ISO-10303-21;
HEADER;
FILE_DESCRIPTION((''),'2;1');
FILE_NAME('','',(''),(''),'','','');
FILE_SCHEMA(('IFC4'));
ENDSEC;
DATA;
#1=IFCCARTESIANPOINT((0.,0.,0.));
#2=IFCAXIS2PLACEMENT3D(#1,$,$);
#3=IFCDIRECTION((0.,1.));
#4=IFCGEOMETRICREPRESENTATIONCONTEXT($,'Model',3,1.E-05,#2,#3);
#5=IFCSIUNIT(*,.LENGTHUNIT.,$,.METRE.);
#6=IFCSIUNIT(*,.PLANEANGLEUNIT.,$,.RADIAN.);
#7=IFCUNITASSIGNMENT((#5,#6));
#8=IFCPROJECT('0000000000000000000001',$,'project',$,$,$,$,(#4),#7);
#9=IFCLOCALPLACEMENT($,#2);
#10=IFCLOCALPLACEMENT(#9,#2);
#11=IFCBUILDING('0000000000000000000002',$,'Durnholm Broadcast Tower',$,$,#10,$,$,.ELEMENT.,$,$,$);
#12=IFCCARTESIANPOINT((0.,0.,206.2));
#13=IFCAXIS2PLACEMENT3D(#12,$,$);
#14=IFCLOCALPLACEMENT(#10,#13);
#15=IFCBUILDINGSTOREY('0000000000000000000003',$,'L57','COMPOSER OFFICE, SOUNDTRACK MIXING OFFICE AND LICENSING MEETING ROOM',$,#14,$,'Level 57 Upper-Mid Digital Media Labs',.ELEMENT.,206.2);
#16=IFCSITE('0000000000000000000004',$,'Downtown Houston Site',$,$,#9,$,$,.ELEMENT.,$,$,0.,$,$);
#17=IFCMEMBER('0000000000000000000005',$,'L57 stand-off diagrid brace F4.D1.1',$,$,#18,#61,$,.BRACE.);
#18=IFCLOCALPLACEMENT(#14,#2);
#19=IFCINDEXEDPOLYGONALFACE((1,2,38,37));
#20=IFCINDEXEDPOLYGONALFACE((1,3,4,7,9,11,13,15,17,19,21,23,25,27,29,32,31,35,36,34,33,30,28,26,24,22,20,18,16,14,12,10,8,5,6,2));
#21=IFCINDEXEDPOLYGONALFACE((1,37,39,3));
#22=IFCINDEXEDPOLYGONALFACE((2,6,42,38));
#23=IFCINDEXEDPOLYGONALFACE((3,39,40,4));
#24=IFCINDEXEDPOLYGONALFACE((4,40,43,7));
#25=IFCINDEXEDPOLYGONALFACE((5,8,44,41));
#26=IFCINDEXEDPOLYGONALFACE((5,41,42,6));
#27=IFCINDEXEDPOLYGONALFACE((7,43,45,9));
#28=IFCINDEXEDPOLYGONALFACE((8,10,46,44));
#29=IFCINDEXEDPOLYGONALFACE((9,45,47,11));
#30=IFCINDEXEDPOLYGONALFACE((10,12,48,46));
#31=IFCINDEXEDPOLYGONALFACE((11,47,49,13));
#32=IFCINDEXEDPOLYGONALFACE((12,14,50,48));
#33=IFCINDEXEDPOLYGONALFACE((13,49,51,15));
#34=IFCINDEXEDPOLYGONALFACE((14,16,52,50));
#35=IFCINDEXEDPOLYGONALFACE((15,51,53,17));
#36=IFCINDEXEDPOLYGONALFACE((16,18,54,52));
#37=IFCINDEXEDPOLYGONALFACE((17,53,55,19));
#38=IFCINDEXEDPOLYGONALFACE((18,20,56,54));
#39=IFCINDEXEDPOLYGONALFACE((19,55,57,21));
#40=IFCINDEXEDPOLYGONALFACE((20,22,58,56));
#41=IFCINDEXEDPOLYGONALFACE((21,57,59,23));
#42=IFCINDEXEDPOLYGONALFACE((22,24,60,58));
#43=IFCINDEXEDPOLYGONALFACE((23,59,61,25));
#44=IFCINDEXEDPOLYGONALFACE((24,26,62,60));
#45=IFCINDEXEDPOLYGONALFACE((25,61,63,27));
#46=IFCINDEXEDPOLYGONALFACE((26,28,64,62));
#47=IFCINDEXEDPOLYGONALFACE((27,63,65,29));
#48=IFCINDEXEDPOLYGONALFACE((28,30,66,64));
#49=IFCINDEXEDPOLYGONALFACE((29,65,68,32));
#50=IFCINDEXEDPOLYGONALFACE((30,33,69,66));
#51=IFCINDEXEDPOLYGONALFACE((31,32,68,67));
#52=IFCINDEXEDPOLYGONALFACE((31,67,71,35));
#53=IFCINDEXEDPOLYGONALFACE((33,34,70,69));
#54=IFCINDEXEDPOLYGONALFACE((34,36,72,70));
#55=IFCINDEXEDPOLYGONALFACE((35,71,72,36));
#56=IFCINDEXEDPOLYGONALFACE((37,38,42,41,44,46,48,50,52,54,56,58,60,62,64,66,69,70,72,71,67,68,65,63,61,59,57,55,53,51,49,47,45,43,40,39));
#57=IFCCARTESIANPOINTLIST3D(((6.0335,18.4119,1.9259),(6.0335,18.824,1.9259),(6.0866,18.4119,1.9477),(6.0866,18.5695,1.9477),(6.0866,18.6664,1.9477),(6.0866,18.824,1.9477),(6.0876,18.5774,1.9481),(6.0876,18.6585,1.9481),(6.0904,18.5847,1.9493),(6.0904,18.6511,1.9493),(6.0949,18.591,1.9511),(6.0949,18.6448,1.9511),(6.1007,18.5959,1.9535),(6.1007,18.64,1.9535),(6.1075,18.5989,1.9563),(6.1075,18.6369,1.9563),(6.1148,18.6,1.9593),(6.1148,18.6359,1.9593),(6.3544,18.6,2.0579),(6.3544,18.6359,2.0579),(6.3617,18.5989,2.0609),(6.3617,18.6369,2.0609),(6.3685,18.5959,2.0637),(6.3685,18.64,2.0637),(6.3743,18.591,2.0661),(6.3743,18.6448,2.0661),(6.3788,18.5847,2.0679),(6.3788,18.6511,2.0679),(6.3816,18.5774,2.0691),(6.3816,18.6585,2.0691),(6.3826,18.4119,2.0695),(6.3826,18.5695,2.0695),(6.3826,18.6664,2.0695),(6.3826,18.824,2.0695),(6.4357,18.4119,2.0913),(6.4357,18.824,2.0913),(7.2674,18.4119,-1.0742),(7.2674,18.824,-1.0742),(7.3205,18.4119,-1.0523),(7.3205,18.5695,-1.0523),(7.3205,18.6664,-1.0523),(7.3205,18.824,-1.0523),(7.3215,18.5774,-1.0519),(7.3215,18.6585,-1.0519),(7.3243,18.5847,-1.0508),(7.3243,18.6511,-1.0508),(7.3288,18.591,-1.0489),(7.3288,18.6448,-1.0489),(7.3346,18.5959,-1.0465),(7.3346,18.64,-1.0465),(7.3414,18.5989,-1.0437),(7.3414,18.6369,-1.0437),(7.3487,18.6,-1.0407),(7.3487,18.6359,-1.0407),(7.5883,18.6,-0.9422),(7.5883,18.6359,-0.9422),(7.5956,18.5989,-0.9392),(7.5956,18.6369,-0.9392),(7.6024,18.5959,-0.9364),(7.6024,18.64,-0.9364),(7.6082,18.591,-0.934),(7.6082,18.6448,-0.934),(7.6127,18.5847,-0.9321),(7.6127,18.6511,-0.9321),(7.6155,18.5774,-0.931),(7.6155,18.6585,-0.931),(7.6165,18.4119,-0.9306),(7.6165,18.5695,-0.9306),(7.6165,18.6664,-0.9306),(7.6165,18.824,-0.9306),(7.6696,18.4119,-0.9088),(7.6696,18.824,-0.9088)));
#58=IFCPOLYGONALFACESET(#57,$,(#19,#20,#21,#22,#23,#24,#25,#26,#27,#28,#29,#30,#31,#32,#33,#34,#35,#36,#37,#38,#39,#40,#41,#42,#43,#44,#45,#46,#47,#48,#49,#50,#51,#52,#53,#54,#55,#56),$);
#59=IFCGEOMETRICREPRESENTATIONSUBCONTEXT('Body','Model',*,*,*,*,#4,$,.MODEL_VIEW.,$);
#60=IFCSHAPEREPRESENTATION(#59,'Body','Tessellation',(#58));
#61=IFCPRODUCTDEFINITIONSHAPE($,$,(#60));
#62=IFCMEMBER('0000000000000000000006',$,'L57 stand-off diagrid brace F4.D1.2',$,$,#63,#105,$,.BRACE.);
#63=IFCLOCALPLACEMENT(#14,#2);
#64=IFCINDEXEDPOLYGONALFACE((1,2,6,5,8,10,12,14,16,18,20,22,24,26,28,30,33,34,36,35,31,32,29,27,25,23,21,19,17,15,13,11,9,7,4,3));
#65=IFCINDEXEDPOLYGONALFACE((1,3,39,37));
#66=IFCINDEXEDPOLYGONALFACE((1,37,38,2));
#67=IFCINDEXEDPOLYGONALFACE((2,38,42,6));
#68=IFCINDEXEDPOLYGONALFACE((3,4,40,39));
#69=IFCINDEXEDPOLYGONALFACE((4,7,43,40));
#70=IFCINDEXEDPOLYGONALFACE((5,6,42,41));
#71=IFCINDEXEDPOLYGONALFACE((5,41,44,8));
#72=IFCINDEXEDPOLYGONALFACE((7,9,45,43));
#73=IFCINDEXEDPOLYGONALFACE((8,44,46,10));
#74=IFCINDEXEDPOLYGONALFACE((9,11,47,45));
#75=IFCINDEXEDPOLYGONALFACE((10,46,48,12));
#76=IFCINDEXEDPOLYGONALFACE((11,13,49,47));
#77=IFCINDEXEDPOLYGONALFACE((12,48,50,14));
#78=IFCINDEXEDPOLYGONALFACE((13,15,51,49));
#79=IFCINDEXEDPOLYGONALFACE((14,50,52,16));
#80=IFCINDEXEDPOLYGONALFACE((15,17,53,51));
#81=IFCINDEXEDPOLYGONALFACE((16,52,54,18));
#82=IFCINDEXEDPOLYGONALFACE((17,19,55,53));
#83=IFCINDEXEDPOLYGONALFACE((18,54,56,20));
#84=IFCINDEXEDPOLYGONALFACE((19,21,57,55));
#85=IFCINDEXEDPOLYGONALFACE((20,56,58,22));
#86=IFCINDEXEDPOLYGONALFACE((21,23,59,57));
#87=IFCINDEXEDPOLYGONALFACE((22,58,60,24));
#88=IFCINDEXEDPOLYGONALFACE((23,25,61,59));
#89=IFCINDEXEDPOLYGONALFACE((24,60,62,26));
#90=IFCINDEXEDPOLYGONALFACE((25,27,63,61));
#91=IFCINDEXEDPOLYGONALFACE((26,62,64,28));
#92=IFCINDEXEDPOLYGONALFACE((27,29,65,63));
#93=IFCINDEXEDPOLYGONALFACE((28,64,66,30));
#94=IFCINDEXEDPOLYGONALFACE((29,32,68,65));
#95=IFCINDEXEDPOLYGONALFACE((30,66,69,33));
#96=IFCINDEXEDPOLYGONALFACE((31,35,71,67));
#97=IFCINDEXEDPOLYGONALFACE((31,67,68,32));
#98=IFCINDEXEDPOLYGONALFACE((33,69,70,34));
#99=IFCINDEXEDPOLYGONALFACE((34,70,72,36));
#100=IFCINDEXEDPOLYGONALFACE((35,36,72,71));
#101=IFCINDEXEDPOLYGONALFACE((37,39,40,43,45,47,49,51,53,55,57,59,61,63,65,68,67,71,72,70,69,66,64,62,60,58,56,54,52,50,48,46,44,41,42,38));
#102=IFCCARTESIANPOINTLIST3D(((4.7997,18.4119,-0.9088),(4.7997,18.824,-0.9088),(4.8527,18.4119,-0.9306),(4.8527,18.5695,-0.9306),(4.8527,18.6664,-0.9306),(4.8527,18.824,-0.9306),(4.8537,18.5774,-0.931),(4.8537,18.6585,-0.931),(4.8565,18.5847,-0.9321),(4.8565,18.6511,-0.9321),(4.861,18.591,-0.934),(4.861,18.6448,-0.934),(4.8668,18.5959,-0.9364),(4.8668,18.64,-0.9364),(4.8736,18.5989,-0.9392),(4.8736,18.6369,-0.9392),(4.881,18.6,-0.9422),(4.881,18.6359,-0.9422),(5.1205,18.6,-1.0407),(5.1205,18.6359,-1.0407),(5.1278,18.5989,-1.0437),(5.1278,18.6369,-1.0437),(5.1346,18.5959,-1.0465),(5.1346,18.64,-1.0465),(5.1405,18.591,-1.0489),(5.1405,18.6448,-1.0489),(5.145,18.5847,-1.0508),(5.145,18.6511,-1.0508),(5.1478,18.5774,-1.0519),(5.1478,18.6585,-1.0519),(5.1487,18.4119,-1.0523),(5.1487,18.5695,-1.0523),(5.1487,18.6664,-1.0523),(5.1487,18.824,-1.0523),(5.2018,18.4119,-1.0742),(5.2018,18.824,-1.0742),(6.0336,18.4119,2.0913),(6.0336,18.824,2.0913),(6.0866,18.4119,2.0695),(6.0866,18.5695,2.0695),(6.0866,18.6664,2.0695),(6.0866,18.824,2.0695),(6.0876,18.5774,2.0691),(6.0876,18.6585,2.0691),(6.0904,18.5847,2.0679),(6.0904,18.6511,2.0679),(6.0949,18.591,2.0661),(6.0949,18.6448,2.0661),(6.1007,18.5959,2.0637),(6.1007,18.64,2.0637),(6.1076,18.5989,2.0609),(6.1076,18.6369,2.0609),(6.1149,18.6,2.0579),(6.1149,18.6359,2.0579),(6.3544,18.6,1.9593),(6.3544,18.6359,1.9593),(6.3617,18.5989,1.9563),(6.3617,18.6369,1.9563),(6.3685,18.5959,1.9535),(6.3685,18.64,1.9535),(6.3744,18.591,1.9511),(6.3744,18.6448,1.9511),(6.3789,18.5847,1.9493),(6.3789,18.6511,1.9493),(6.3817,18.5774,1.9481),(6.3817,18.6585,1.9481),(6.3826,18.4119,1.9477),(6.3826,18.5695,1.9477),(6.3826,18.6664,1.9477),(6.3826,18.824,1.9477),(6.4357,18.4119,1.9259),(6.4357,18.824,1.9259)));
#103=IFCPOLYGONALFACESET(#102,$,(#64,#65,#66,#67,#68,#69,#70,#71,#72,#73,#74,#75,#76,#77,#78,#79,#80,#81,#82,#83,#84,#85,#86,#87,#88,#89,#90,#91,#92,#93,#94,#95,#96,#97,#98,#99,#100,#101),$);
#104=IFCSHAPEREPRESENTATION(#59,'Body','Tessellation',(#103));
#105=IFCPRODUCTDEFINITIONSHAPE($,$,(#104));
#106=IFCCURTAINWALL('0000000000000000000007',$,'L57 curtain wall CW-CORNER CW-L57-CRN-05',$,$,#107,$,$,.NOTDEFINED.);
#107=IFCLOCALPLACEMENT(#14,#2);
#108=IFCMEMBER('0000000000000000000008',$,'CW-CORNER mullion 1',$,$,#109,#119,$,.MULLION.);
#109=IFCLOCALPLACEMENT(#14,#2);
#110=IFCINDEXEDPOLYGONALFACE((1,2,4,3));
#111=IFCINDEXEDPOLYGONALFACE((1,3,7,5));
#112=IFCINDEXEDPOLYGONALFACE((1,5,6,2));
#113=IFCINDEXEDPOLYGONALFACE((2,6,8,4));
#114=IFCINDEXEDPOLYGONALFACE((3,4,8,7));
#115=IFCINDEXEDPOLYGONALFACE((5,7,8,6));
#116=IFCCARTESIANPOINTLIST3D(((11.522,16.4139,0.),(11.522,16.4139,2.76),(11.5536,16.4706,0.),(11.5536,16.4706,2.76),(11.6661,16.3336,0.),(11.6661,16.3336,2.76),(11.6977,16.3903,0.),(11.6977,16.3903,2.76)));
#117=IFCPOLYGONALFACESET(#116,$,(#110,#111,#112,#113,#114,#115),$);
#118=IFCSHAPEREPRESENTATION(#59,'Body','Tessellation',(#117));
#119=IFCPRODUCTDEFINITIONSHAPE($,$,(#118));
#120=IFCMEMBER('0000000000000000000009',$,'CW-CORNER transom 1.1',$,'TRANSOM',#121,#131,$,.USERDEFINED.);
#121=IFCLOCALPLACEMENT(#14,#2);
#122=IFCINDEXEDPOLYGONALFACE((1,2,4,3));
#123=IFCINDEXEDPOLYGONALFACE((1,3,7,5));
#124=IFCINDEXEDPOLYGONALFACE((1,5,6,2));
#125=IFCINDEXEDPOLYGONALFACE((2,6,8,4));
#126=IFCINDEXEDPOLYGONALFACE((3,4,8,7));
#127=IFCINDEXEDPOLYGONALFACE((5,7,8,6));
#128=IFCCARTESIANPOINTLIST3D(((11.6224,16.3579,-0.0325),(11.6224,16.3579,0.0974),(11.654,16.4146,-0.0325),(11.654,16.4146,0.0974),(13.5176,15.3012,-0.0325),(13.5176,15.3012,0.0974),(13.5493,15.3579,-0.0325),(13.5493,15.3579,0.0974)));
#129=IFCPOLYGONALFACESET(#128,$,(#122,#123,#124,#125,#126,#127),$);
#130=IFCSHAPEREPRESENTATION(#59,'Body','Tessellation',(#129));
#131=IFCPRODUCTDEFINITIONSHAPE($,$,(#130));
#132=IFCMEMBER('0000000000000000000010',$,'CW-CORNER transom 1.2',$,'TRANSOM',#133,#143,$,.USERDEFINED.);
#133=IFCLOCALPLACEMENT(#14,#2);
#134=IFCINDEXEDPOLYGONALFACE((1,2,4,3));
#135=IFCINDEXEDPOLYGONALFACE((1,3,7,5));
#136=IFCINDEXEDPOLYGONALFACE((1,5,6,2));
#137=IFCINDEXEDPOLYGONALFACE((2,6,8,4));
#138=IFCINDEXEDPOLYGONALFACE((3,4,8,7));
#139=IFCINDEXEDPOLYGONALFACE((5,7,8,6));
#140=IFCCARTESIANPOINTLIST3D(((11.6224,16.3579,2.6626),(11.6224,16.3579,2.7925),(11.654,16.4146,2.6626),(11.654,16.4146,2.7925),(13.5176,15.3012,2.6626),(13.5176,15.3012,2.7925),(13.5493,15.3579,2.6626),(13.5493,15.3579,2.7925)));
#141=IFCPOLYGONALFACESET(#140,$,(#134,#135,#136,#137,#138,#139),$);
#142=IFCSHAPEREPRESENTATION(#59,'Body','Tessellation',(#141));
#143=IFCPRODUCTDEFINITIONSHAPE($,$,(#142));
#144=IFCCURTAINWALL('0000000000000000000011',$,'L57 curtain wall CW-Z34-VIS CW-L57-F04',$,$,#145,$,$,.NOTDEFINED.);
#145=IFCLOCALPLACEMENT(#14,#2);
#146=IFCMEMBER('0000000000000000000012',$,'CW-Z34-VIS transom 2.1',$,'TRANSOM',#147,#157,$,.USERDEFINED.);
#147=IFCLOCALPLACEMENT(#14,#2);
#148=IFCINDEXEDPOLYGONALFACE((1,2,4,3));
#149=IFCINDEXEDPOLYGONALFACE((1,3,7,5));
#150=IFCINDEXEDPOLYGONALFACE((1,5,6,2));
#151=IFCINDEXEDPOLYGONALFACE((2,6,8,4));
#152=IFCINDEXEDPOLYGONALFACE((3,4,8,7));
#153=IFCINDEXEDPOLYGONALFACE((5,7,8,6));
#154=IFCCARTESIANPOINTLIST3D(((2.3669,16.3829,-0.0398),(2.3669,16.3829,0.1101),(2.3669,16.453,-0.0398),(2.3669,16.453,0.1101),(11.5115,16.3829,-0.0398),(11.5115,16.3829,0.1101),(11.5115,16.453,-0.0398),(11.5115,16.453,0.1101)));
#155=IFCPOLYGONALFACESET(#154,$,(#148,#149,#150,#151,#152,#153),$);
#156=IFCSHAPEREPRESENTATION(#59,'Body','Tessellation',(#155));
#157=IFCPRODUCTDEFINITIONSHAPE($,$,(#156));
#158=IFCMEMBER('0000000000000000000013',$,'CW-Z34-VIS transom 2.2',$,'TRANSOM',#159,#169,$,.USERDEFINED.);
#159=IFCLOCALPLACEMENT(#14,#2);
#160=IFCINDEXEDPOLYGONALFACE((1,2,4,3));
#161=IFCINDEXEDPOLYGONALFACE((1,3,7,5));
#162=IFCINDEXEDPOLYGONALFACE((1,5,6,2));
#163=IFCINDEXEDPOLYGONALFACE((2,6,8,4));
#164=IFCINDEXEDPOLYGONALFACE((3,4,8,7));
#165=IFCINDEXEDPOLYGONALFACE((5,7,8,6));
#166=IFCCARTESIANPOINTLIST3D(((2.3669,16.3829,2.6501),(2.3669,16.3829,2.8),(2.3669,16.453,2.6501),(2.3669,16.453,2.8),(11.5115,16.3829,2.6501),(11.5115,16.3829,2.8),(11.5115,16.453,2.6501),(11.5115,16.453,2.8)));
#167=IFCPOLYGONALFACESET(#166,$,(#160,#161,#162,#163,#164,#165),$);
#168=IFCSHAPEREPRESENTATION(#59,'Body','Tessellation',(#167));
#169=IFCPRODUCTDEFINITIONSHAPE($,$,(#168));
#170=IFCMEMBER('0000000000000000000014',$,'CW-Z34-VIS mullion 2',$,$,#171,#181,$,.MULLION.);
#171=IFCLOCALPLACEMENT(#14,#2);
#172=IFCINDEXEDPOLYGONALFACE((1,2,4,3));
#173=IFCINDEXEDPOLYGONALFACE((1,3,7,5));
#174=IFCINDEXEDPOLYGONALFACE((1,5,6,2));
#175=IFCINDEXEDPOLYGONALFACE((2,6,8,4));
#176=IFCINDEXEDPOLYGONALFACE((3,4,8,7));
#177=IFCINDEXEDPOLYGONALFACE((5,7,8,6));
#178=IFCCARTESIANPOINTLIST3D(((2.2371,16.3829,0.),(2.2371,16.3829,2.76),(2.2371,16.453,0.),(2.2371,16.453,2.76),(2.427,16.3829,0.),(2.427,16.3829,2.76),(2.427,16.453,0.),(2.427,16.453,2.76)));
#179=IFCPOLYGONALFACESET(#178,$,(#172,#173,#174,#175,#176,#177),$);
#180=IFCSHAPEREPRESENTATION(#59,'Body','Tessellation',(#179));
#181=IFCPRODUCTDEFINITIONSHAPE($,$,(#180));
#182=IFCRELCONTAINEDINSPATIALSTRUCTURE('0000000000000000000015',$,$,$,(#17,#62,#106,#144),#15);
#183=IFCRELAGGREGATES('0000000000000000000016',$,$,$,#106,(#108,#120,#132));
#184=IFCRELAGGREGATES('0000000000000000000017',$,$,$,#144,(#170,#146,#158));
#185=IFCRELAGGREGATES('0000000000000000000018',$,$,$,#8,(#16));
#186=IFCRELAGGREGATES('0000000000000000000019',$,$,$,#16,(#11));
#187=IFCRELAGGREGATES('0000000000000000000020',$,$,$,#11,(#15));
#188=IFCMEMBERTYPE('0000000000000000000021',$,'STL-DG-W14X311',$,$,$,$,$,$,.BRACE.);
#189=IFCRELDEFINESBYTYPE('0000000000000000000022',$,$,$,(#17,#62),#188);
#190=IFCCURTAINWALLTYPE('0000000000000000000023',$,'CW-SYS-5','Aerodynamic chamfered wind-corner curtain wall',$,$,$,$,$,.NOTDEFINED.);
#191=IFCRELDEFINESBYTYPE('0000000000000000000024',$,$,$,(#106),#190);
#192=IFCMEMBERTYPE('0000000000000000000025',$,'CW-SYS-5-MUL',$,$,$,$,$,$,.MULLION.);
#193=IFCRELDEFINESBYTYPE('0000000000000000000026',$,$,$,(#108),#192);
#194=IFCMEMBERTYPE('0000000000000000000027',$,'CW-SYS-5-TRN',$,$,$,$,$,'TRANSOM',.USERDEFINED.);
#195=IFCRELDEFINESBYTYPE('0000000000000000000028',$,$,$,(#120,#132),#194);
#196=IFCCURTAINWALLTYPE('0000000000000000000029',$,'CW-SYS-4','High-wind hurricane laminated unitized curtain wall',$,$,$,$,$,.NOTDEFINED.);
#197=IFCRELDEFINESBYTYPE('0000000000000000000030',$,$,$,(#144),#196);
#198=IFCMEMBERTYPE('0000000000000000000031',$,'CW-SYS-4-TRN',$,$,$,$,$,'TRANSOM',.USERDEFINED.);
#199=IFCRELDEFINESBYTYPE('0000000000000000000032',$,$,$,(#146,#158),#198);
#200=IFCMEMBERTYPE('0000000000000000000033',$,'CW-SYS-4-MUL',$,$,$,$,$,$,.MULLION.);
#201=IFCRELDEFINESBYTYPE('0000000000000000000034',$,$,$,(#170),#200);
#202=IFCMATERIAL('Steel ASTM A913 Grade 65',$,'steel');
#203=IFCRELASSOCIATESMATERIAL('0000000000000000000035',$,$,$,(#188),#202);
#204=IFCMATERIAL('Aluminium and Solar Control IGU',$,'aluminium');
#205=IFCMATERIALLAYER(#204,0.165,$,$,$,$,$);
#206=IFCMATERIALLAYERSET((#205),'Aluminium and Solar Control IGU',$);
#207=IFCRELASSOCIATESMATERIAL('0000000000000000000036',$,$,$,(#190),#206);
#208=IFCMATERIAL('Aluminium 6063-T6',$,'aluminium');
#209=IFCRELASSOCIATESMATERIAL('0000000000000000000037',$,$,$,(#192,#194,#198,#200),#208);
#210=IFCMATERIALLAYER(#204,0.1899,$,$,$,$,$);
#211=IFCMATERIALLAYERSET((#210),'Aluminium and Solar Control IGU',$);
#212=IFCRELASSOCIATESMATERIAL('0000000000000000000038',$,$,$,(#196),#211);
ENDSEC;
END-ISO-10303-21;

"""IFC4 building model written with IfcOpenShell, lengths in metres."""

from ifc_helpers import new_model, si_unit, direction, frame, origin, origin_2d, place, context, subcontext, project, spatial, rectangle, i_section, extrude, source, transform, mapped, material, layer, layer_set, material_profile, profile_set, type_object, type_shapes, element, aggregate, save


model = new_model("IFC4")

# Units and contexts
model_context = context("Model", 3, precision=1e-05, world=origin(), true_north=direction((0.0, 1.0)))
body_context = subcontext(model_context, "Body", "Model", "MODEL_VIEW")
ifc_project = project(units=[si_unit("LENGTHUNIT", "METRE"), si_unit("PLANEANGLEUNIT", "RADIAN")], contexts=[model_context])

# Site, building, storey
site_placement = place(None, origin())
site = spatial("IfcSite", under=ifc_project, at=site_placement, Name="Downtown Houston Site", CompositionType="ELEMENT", RefElevation=0.0)
building_placement = place(site_placement, origin())
building = spatial("IfcBuilding", under=site, at=building_placement, Name="Durnholm Broadcast Tower", CompositionType="ELEMENT")
storey_placement = place(building_placement, frame((0.0, 0.0, 206.2)))
storey = spatial("IfcBuildingStorey", under=building, at=storey_placement, Name="L57", Description="COMPOSER OFFICE, SOUNDTRACK MIXING OFFICE AND LICENSING MEETING ROOM", LongName="Level 57 Upper-Mid Digital Media Labs", CompositionType="ELEMENT", Elevation=206.2)

# Members
ifc_material_1 = material(Name="Steel ASTM A913 Grade 65", Category="steel")
ifc_material_profile_1 = material_profile(ifc_material_1, i_section(OverallWidth=0.4121, OverallDepth=0.4348, WebThickness=0.0359, FlangeThickness=0.0574, FilletRadius=0.0305, at=origin_2d()), Name="W14X311")
ifc_profile_set_1 = profile_set([ifc_material_profile_1], Name="Steel ASTM A913 Grade 65")
member_type_1 = type_object("IfcMemberType", Name="STL-DG-W14X311", PredefinedType="BRACE", material=ifc_profile_set_1)
shared_shape_1 = source(origin(), body_context, "Body", "SweptSolid", [
    extrude(i_section(OverallWidth=0.4121, OverallDepth=0.4348, WebThickness=0.0359, FlangeThickness=0.0574, FilletRadius=0.0305, at=origin_2d()), origin(), (0.0, 0.0, 1.0), 3.2439),
])
type_shapes(member_type_1, [shared_shape_1])
for number, where, z_axis, x_axis, name in (
    (1, (7.4685, 18.6179, -0.9915), (-0.380379, 0.0, 0.924831), (0.0, -1.0, 0.0), "L57 stand-off diagrid brace F4.D1.1"),
    (2, (5.0007, 18.6179, -0.9915), (0.380379, 0.0, 0.924831), (0.0, 1.0, 0.0), "L57 stand-off diagrid brace F4.D1.2"),
):
    element("IfcMember", number, at=place(storey_placement, frame(where, z_axis=z_axis, x_axis=x_axis)), inside=storey, type_object=member_type_1, Name=name, PredefinedType="BRACE", context=body_context, shape_type="MappedRepresentation", body=[
        mapped(shared_shape_1, transform((0.0, 0.0, 0.0), x_axis=(1.0, 0.0, 0.0), y_axis=(0.0, 1.0, 0.0), z_axis=(0.0, 0.0, 1.0), scale=1.0)),
    ])

# Curtain walls, members
ifc_material_2 = material(Name="Aluminium and Solar Control IGU", Category="aluminium")
ifc_layer_1 = layer(ifc_material_2, 0.165)
ifc_layer_set_1 = layer_set([ifc_layer_1], Name="Aluminium and Solar Control IGU")
curtain_wall_type_1 = type_object("IfcCurtainWallType", Name="CW-SYS-5", Description="Aerodynamic chamfered wind-corner curtain wall", PredefinedType="NOTDEFINED", material=ifc_layer_set_1)
curtain_wall_1_placement = place(storey_placement, origin())
curtain_wall_1 = element("IfcCurtainWall", 3, at=curtain_wall_1_placement, inside=storey, type_object=curtain_wall_type_1, Name="L57 curtain wall CW-CORNER CW-L57-CRN-05", PredefinedType="NOTDEFINED")
ifc_material_3 = material(Name="Aluminium 6063-T6", Category="aluminium")
ifc_material_profile_2 = material_profile(ifc_material_3, rectangle(XDim=0.0649, YDim=0.165, at=origin_2d()), Name="CWM65X165")
ifc_profile_set_2 = profile_set([ifc_material_profile_2], Name="Aluminium 6063-T6")
member_type_2 = type_object("IfcMemberType", Name="CW-SYS-5-MUL", PredefinedType="MULLION", material=ifc_profile_set_2)
shared_shape_2 = source(origin(), body_context, "Body", "SweptSolid", [
    extrude(rectangle(XDim=0.0649, YDim=0.165, at=origin_2d()), origin(), (0.0, 0.0, 1.0), 2.76),
])
type_shapes(member_type_2, [shared_shape_2])
member_1_placement = place(storey_placement, frame((11.6099, 16.4021, 0.0), z_axis=(0.0, 0.0, 1.0), x_axis=(0.486986, 0.87341, 0.0)))
member_1 = element("IfcMember", 4, at=member_1_placement, type_object=member_type_2, Name="CW-CORNER mullion 1", PredefinedType="MULLION", context=body_context, shape_type="MappedRepresentation", body=[
    mapped(shared_shape_2, transform((0.0, 0.0, 0.0), x_axis=(1.0, 0.0, 0.0), y_axis=(0.0, 1.0, 0.0), z_axis=(0.0, 0.0, 1.0), scale=1.0)),
])
ifc_material_profile_3 = material_profile(ifc_material_3, rectangle(XDim=0.0649, YDim=0.1299, at=origin_2d()), Name="CWT65X130")
ifc_profile_set_3 = profile_set([ifc_material_profile_3], Name="Aluminium 6063-T6")
member_type_3 = type_object("IfcMemberType", Name="CW-SYS-5-TRN", ElementType="TRANSOM", PredefinedType="USERDEFINED", material=ifc_profile_set_3)
shared_shape_3 = source(origin(), body_context, "Body", "SweptSolid", [
    extrude(rectangle(XDim=0.0649, YDim=0.1299, at=origin_2d()), origin(), (0.0, 0.0, 1.0), 2.1699),
])
type_shapes(member_type_3, [shared_shape_3])
member_2_placement = place(storey_placement, frame((11.6382, 16.3862, 0.0325), z_axis=(0.873429, -0.486951, 0.0), x_axis=(0.486951, 0.873429, 0.0)))
member_2 = element("IfcMember", 5, at=member_2_placement, type_object=member_type_3, Name="CW-CORNER transom 1.1", ObjectType="TRANSOM", PredefinedType="USERDEFINED", context=body_context, shape_type="MappedRepresentation", body=[
    mapped(shared_shape_3, transform((0.0, 0.0, 0.0), x_axis=(1.0, 0.0, 0.0), y_axis=(0.0, 1.0, 0.0), z_axis=(0.0, 0.0, 1.0), scale=1.0)),
])
member_3_placement = place(storey_placement, frame((11.6382, 16.3862, 2.7275), z_axis=(0.873429, -0.486951, 0.0), x_axis=(0.486951, 0.873429, 0.0)))
member_3 = element("IfcMember", 6, at=member_3_placement, type_object=member_type_3, Name="CW-CORNER transom 1.2", ObjectType="TRANSOM", PredefinedType="USERDEFINED", context=body_context, shape_type="MappedRepresentation", body=[
    mapped(shared_shape_3, transform((0.0, 0.0, 0.0), x_axis=(1.0, 0.0, 0.0), y_axis=(0.0, 1.0, 0.0), z_axis=(0.0, 0.0, 1.0), scale=1.0)),
])
aggregate(curtain_wall_1, [member_1, member_2, member_3])
ifc_layer_2 = layer(ifc_material_2, 0.1899)
ifc_layer_set_2 = layer_set([ifc_layer_2], Name="Aluminium and Solar Control IGU")
curtain_wall_type_2 = type_object("IfcCurtainWallType", Name="CW-SYS-4", Description="High-wind hurricane laminated unitized curtain wall", PredefinedType="NOTDEFINED", material=ifc_layer_set_2)
curtain_wall_2_placement = place(storey_placement, origin())
curtain_wall_2 = element("IfcCurtainWall", 7, at=curtain_wall_2_placement, inside=storey, type_object=curtain_wall_type_2, Name="L57 curtain wall CW-Z34-VIS CW-L57-F04", PredefinedType="NOTDEFINED")
ifc_material_profile_4 = material_profile(ifc_material_3, rectangle(XDim=0.0701, YDim=0.1499, at=origin_2d()), Name="CWT70X150")
ifc_profile_set_4 = profile_set([ifc_material_profile_4], Name="Aluminium 6063-T6")
member_type_4 = type_object("IfcMemberType", Name="CW-SYS-4-TRN", ElementType="TRANSOM", PredefinedType="USERDEFINED", material=ifc_profile_set_4)
shared_shape_4 = source(origin(), body_context, "Body", "SweptSolid", [
    extrude(rectangle(XDim=0.0701, YDim=0.1499, at=origin_2d()), origin(), (0.0, 0.0, 1.0), 9.1445),
])
type_shapes(member_type_4, [shared_shape_4])
member_4_placement = place(storey_placement, frame((2.3669, 16.418, 0.0352), z_axis=(1.0, 0.0, 0.0), x_axis=(0.0, 1.0, 0.0)))
member_4 = element("IfcMember", 8, at=member_4_placement, type_object=member_type_4, Name="CW-Z34-VIS transom 2.1", ObjectType="TRANSOM", PredefinedType="USERDEFINED", context=body_context, shape_type="MappedRepresentation", body=[
    mapped(shared_shape_4, transform((0.0, 0.0, 0.0), x_axis=(1.0, 0.0, 0.0), y_axis=(0.0, 1.0, 0.0), z_axis=(0.0, 0.0, 1.0), scale=1.0)),
])
member_5_placement = place(storey_placement, frame((2.3669, 16.418, 2.7251), z_axis=(1.0, 0.0, 0.0), x_axis=(0.0, 1.0, 0.0)))
member_5 = element("IfcMember", 9, at=member_5_placement, type_object=member_type_4, Name="CW-Z34-VIS transom 2.2", ObjectType="TRANSOM", PredefinedType="USERDEFINED", context=body_context, shape_type="MappedRepresentation", body=[
    mapped(shared_shape_4, transform((0.0, 0.0, 0.0), x_axis=(1.0, 0.0, 0.0), y_axis=(0.0, 1.0, 0.0), z_axis=(0.0, 0.0, 1.0), scale=1.0)),
])
ifc_material_profile_5 = material_profile(ifc_material_3, rectangle(XDim=0.0701, YDim=0.1899, at=origin_2d()), Name="CWM70X190")
ifc_profile_set_5 = profile_set([ifc_material_profile_5], Name="Aluminium 6063-T6")
member_type_5 = type_object("IfcMemberType", Name="CW-SYS-4-MUL", PredefinedType="MULLION", material=ifc_profile_set_5)
shared_shape_5 = source(origin(), body_context, "Body", "SweptSolid", [
    extrude(rectangle(XDim=0.0701, YDim=0.1899, at=origin_2d()), origin(), (0.0, 0.0, 1.0), 2.76),
])
type_shapes(member_type_5, [shared_shape_5])
member_6_placement = place(storey_placement, frame((2.332, 16.418, 0.0), z_axis=(0.0, 0.0, 1.0), x_axis=(0.0, 1.0, 0.0)))
member_6 = element("IfcMember", 10, at=member_6_placement, type_object=member_type_5, Name="CW-Z34-VIS mullion 2", PredefinedType="MULLION", context=body_context, shape_type="MappedRepresentation", body=[
    mapped(shared_shape_5, transform((0.0, 0.0, 0.0), x_axis=(1.0, 0.0, 0.0), y_axis=(0.0, 1.0, 0.0), z_axis=(0.0, 0.0, 1.0), scale=1.0)),
])

aggregate(curtain_wall_2, [member_6, member_4, member_5])

save(model, "model.ifc")
